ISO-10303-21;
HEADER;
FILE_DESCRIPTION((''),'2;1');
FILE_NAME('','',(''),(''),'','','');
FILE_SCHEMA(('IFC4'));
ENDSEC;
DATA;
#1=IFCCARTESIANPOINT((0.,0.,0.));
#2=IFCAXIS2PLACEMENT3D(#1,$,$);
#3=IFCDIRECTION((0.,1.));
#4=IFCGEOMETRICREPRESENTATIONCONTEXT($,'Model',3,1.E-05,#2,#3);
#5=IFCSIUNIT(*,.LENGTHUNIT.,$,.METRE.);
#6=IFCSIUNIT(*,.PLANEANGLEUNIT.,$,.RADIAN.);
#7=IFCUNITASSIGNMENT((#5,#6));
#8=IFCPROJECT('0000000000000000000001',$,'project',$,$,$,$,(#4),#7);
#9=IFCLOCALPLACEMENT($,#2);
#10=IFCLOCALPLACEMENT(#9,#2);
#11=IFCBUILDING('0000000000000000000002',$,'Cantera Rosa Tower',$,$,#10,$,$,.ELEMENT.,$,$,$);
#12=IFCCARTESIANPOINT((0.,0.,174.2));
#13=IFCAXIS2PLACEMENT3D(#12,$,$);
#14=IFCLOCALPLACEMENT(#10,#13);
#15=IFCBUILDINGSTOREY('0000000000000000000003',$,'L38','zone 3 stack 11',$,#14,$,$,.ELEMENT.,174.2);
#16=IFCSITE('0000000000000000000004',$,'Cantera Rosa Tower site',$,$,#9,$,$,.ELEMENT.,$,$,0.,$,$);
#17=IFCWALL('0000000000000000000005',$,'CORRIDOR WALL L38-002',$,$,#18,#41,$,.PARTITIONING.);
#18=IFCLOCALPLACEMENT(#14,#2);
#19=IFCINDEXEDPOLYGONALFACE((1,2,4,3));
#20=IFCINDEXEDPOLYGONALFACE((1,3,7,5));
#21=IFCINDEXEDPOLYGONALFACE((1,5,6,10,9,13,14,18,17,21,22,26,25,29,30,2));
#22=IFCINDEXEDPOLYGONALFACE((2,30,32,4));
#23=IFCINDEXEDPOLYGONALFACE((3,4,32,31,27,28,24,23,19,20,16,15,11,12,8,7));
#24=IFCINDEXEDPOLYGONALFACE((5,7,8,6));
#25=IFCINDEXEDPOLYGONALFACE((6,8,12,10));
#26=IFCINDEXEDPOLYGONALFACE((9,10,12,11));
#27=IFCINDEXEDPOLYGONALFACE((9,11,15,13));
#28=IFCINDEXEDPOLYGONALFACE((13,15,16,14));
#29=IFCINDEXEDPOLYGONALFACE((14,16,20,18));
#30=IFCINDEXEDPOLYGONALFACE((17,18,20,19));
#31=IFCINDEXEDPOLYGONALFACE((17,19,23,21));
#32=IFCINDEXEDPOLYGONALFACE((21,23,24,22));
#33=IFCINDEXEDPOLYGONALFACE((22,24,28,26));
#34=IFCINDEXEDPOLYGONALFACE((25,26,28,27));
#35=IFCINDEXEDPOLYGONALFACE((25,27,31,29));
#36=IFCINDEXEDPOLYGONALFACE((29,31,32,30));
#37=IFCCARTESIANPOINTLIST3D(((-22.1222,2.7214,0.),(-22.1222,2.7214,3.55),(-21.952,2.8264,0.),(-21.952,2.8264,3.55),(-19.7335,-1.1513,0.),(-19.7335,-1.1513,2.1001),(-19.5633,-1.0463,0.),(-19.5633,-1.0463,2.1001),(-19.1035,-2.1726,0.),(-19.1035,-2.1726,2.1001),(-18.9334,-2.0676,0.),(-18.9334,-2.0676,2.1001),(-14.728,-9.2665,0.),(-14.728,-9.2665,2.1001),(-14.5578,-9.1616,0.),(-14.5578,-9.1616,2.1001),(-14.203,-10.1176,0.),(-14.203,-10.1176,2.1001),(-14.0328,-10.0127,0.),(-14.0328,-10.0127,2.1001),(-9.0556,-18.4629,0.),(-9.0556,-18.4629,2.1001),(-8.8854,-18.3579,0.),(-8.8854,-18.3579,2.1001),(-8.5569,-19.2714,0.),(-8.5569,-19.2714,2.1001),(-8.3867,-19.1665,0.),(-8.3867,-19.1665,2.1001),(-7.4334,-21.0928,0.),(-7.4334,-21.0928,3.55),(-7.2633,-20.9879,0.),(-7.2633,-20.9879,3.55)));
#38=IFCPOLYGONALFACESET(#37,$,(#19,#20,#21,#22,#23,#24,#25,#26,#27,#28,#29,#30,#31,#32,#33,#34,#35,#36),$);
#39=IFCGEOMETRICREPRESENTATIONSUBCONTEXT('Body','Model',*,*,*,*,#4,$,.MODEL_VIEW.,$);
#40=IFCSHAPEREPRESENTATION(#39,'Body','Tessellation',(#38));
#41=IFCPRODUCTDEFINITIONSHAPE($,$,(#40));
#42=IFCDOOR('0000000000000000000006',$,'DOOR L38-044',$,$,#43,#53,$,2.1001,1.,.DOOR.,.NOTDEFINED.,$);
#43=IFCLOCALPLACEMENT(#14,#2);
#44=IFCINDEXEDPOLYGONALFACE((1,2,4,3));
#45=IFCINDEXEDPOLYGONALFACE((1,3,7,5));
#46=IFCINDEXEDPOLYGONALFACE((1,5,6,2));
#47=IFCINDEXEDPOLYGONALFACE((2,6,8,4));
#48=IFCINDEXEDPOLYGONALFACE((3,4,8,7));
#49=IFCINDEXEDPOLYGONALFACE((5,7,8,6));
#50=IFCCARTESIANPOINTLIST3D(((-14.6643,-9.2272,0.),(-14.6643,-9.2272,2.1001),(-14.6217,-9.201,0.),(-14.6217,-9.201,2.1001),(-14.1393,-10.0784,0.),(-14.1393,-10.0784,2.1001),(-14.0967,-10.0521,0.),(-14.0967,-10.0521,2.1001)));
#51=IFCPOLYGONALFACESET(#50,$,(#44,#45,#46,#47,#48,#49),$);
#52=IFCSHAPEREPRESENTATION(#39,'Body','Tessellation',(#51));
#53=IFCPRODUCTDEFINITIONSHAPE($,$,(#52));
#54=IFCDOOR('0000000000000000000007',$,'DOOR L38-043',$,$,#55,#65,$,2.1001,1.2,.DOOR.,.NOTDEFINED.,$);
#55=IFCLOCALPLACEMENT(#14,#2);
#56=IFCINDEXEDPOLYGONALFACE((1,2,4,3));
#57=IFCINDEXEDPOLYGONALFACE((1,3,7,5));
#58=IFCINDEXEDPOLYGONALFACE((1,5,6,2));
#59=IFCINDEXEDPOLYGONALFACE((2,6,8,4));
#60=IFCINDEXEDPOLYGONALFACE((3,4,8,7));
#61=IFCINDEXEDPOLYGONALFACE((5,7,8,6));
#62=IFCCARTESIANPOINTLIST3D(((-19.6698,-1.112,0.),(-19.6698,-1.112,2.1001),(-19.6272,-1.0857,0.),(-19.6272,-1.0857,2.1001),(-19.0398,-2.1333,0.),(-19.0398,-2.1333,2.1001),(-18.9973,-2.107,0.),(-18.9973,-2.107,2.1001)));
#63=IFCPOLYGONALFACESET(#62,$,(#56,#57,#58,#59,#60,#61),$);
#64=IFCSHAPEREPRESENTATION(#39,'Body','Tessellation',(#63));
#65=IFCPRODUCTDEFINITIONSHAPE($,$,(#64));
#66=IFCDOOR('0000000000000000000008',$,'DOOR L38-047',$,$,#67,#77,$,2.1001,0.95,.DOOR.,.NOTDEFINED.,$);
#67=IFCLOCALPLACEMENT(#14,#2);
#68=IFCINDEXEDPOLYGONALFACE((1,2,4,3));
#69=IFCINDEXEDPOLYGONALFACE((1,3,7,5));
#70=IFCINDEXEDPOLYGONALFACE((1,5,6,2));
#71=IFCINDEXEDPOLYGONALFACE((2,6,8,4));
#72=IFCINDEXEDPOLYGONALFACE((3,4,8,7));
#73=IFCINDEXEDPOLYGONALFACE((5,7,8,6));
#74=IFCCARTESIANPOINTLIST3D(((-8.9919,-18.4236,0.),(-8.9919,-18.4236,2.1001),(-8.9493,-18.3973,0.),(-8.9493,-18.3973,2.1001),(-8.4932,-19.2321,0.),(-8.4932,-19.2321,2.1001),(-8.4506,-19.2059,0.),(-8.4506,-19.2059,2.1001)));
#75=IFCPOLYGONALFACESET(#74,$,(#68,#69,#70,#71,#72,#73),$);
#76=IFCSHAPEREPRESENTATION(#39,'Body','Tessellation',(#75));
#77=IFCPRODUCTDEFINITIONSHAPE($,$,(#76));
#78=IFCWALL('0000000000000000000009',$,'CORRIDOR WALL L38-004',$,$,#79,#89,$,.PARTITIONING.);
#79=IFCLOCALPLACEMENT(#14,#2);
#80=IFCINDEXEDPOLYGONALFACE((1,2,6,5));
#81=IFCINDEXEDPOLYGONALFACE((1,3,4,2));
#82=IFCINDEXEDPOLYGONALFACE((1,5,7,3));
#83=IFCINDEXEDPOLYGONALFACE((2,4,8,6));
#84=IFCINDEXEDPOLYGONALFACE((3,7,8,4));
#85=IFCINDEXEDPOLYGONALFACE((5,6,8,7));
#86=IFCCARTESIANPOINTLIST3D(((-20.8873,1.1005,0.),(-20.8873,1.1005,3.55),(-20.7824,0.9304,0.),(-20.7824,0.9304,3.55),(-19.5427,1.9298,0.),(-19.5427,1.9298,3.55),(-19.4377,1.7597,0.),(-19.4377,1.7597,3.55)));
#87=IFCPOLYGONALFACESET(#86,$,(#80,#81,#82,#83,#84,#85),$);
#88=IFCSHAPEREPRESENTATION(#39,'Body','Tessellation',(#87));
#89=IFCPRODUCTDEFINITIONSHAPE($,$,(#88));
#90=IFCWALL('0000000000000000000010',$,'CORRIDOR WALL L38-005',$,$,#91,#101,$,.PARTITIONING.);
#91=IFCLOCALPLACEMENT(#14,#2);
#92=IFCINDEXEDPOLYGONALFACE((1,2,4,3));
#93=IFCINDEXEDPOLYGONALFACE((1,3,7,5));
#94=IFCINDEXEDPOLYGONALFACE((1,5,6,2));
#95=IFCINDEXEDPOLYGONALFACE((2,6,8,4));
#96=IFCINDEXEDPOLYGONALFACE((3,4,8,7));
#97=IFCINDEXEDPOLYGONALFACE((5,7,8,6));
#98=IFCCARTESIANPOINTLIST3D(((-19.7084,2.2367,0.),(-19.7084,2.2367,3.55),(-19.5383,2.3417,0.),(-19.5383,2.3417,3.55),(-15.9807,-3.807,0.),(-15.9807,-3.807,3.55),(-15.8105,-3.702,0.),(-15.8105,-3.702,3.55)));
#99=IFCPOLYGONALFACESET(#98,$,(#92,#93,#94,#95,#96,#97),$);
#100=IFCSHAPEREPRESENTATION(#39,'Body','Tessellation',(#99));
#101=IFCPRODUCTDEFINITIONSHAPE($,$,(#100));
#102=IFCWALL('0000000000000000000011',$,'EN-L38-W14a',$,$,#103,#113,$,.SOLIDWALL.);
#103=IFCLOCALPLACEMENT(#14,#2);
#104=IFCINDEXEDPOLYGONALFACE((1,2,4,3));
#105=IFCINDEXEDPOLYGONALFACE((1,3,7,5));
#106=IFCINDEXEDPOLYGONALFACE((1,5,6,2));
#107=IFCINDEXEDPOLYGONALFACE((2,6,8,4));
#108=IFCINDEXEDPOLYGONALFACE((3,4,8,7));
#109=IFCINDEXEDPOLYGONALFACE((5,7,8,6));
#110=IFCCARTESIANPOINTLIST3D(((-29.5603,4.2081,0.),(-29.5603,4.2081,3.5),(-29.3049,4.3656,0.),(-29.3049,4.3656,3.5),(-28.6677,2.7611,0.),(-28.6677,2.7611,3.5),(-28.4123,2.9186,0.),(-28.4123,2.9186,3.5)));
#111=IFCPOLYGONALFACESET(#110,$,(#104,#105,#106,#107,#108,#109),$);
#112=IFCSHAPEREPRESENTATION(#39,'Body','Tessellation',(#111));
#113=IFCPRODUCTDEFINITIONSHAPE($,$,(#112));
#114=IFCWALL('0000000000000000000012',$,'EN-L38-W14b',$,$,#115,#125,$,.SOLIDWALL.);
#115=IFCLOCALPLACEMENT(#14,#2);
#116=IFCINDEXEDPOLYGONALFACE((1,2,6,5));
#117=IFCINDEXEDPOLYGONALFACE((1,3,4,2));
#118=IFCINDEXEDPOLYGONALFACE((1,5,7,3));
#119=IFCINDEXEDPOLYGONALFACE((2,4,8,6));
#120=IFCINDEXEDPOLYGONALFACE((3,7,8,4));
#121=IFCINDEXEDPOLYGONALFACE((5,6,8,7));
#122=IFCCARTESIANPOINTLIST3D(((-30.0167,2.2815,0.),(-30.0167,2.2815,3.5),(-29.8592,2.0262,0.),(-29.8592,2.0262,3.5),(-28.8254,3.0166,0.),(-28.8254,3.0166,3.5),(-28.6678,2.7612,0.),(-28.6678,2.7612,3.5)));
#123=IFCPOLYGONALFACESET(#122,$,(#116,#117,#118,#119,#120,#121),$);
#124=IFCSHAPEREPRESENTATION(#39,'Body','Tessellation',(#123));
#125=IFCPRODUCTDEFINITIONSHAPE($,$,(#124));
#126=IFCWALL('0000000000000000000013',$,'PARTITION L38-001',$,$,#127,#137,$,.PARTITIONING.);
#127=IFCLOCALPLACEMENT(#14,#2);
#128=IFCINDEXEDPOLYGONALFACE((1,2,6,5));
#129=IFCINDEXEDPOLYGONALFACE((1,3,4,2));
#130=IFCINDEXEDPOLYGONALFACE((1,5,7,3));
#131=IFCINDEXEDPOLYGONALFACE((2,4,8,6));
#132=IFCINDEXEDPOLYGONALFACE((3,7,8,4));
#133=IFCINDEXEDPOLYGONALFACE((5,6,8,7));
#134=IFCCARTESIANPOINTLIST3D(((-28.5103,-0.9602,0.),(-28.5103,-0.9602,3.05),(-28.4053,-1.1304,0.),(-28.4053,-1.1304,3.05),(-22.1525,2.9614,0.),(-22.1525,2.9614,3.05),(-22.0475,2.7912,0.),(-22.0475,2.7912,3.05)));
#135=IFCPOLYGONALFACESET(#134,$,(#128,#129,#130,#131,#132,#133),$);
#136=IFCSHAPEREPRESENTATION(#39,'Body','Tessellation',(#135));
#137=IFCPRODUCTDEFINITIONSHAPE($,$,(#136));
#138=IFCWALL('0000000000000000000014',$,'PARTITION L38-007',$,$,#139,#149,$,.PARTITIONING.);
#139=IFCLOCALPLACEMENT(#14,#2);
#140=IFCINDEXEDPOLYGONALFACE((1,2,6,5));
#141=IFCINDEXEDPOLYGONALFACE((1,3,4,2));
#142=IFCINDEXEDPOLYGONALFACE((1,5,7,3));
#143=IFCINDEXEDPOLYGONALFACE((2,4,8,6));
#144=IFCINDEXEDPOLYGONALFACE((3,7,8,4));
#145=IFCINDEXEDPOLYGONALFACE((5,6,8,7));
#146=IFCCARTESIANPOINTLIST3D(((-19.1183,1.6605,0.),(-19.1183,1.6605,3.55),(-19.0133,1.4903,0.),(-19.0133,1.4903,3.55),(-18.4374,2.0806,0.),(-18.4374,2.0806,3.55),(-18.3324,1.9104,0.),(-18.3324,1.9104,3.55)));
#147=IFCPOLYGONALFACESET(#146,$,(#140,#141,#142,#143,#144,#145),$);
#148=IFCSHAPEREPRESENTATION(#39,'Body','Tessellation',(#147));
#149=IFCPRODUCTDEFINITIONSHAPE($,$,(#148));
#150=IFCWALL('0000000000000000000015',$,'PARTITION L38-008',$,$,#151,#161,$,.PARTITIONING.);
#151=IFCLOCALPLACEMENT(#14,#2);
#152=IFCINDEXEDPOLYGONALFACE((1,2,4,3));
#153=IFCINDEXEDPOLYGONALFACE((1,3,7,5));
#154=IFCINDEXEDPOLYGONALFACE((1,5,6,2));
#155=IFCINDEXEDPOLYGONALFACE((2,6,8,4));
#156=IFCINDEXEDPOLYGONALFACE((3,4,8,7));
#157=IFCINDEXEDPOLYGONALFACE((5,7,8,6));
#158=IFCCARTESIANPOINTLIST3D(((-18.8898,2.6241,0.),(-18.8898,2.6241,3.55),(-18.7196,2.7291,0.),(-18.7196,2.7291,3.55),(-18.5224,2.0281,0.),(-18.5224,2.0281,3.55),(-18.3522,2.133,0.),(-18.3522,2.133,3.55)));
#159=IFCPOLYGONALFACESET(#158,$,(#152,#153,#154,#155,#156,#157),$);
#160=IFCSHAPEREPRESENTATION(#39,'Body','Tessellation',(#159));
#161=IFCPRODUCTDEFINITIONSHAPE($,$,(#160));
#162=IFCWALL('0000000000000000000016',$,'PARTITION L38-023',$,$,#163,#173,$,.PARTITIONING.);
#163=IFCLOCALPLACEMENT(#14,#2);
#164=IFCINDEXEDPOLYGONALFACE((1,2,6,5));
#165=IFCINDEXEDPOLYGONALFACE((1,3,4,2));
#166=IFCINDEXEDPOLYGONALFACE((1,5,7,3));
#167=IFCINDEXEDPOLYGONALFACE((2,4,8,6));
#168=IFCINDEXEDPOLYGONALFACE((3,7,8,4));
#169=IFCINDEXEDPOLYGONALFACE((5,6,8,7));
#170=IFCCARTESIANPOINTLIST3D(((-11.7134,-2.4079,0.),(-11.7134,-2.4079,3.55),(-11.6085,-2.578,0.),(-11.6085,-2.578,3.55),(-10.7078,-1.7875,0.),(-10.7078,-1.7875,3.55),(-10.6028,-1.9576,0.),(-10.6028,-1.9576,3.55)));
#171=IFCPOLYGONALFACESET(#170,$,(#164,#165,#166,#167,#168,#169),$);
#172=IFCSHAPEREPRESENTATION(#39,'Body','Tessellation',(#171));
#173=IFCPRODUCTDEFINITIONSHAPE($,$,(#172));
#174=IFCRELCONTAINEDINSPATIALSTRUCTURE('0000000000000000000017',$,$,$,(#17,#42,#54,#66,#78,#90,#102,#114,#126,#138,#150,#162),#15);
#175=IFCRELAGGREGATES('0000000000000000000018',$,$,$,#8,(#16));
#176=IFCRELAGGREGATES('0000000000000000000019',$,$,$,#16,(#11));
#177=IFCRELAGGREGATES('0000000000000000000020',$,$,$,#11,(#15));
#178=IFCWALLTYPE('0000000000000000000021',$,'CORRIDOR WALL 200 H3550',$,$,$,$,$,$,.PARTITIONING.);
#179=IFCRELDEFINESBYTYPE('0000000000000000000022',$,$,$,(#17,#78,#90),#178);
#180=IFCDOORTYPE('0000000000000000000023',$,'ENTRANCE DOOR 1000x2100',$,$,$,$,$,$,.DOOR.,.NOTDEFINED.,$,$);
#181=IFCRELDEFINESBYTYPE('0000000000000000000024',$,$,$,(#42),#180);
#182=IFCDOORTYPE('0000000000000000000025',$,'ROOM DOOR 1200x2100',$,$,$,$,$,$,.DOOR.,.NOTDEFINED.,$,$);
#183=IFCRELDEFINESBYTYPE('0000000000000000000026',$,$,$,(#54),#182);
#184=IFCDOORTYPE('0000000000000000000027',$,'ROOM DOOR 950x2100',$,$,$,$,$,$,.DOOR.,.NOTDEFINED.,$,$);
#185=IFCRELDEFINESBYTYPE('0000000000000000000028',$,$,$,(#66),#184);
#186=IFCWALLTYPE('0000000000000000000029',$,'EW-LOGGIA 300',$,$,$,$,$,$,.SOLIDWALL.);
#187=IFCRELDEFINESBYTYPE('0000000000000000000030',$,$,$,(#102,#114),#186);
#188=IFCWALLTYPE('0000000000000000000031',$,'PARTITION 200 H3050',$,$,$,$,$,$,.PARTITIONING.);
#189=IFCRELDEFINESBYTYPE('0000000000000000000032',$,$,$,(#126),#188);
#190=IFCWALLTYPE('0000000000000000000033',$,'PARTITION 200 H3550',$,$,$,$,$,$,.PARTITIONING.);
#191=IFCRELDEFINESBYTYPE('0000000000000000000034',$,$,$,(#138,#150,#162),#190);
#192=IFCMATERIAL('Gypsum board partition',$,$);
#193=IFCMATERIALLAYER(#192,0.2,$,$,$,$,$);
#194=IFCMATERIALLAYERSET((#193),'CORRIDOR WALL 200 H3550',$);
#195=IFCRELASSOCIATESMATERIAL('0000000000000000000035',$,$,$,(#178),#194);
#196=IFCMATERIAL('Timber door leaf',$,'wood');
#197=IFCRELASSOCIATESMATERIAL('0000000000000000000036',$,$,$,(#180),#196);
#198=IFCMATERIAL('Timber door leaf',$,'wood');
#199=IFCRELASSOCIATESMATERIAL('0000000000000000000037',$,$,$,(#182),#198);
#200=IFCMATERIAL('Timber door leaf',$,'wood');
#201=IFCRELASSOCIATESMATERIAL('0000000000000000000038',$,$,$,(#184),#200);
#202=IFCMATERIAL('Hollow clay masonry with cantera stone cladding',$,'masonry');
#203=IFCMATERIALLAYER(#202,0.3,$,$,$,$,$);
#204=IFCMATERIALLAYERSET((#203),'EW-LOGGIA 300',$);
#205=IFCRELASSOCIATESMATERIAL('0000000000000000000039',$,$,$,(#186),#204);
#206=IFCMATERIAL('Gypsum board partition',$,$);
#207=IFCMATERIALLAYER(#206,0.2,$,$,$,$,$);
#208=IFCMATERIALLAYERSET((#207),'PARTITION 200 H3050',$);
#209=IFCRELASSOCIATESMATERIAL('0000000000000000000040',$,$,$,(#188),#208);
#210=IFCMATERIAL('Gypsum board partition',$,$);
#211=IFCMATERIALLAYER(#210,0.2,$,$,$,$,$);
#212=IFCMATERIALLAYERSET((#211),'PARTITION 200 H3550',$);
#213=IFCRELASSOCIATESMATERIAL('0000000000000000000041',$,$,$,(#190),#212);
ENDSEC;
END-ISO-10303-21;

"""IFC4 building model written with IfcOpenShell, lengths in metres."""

from ifc_helpers import new_model, si_unit, direction, frame, frame_2d, origin, place, context, subcontext, project, spatial, rectangle, extrude, material, layer, layer_set, type_object, element, fill, save


model = new_model("IFC4")

# Units and contexts
model_context = context("Model", 3, precision=1e-05, world=origin(), true_north=direction((0.0, 1.0)))
body_context = subcontext(model_context, "Body", "Model", "MODEL_VIEW")
ifc_project = project(units=[si_unit("LENGTHUNIT", "METRE"), si_unit("PLANEANGLEUNIT", "RADIAN")], contexts=[model_context])

# Site, building, storey
site_placement = place(None, origin())
site = spatial("IfcSite", under=ifc_project, at=site_placement, Name="Cantera Rosa Tower site", CompositionType="ELEMENT", RefElevation=0.0)
building_placement = place(site_placement, origin())
building = spatial("IfcBuilding", under=site, at=building_placement, Name="Cantera Rosa Tower", CompositionType="ELEMENT")
storey_placement = place(building_placement, frame((0.0, 0.0, 174.2)))
storey = spatial("IfcBuildingStorey", under=building, at=storey_placement, Name="L38", Description="zone 3 stack 11", CompositionType="ELEMENT", Elevation=174.2)

# Wall, openings, doors
ifc_material_1 = material(Name="Gypsum board partition")
ifc_layer_1 = layer(ifc_material_1, 0.2)
ifc_layer_set_1 = layer_set([ifc_layer_1], Name="CORRIDOR WALL 200 H3550")
wall_type_1 = type_object("IfcWallType", Name="CORRIDOR WALL 200 H3550", PredefinedType="PARTITIONING", material=ifc_layer_set_1)
wall_1_placement = place(storey_placement, frame((-22.0371, 2.7739, 0.0), z_axis=(0.0, 0.0, 1.0), x_axis=(0.524974, -0.851118, 0.0)))
wall_1 = element("IfcWall", 1, at=wall_1_placement, inside=storey, type_object=wall_type_1, Name="CORRIDOR WALL L38-002", PredefinedType="PARTITIONING", context=body_context, shape_type="SweptSolid", body=[
    extrude(rectangle(XDim=27.98, YDim=0.2, at=frame_2d((13.99, 0.0))), origin(), (0.0, 0.0, 1.0), 3.55),
])
opening_1_placement = place(wall_1_placement, frame((4.55, 0.0, 0.0)))
opening_1 = element("IfcOpeningElement", 2, at=opening_1_placement, cuts=wall_1, PredefinedType="OPENING", context=body_context, shape_type="SweptSolid", body=[
    extrude(rectangle(XDim=1.2, YDim=2.1001, at=frame_2d((0.6001, 1.05))), frame((0.0, 0.1099, 0.0), z_axis=(0.0, -1.0, 0.0), x_axis=(1.0, 0.0, 0.0)), (0.0, 0.0, 1.0), 0.22),
])
opening_2_placement = place(wall_1_placement, frame((14.085, 0.0, 0.0)))
opening_2 = element("IfcOpeningElement", 3, at=opening_2_placement, cuts=wall_1, PredefinedType="OPENING", context=body_context, shape_type="SweptSolid", body=[
    extrude(rectangle(XDim=1.0, YDim=2.1001, at=frame_2d((0.5, 1.05))), frame((0.0, 0.1099, 0.0), z_axis=(0.0, -1.0, 0.0), x_axis=(1.0, 0.0, 0.0)), (0.0, 0.0, 1.0), 0.22),
])
opening_3_placement = place(wall_1_placement, frame((24.8899, 0.0, 0.0)))
opening_3 = element("IfcOpeningElement", 4, at=opening_3_placement, cuts=wall_1, PredefinedType="OPENING", context=body_context, shape_type="SweptSolid", body=[
    extrude(rectangle(XDim=0.95, YDim=2.1001, at=frame_2d((0.4751, 1.05))), frame((0.0, 0.1099, 0.0), z_axis=(0.0, -1.0, 0.0), x_axis=(1.0, 0.0, 0.0)), (0.0, 0.0, 1.0), 0.22),
])
ifc_material_2 = material(Name="Timber door leaf", Category="wood")
door_type_1 = type_object("IfcDoorType", Name="ENTRANCE DOOR 1000x2100", OperationType="NOTDEFINED", PredefinedType="DOOR", material=ifc_material_2)
door_1_placement = place(opening_2_placement, origin())
door_1 = element("IfcDoor", 5, at=door_1_placement, inside=storey, type_object=door_type_1, Name="DOOR L38-044", OperationType="NOTDEFINED", OverallHeight=2.1001, OverallWidth=1.0, PredefinedType="DOOR", context=body_context, shape_type="SweptSolid", body=[
    extrude(rectangle(XDim=1.0, YDim=2.1001, at=frame_2d((0.5, 1.05))), frame((0.0, 0.0249, 0.0), z_axis=(0.0, -1.0, 0.0), x_axis=(1.0, 0.0, 0.0)), (0.0, 0.0, 1.0), 0.05),
])
fill(opening_2, door_1)
ifc_material_3 = material(Name="Timber door leaf", Category="wood")
door_type_2 = type_object("IfcDoorType", Name="ROOM DOOR 1200x2100", OperationType="NOTDEFINED", PredefinedType="DOOR", material=ifc_material_3)
door_2_placement = place(opening_1_placement, origin())
door_2 = element("IfcDoor", 6, at=door_2_placement, inside=storey, type_object=door_type_2, Name="DOOR L38-043", OperationType="NOTDEFINED", OverallHeight=2.1001, OverallWidth=1.2, PredefinedType="DOOR", context=body_context, shape_type="SweptSolid", body=[
    extrude(rectangle(XDim=1.2, YDim=2.1001, at=frame_2d((0.6001, 1.05))), frame((0.0, 0.0249, 0.0), z_axis=(0.0, -1.0, 0.0), x_axis=(1.0, 0.0, 0.0)), (0.0, 0.0, 1.0), 0.05),
])
fill(opening_1, door_2)
ifc_material_4 = material(Name="Timber door leaf", Category="wood")
door_type_3 = type_object("IfcDoorType", Name="ROOM DOOR 950x2100", OperationType="NOTDEFINED", PredefinedType="DOOR", material=ifc_material_4)
door_3_placement = place(opening_3_placement, origin())
door_3 = element("IfcDoor", 7, at=door_3_placement, inside=storey, type_object=door_type_3, Name="DOOR L38-047", OperationType="NOTDEFINED", OverallHeight=2.1001, OverallWidth=0.95, PredefinedType="DOOR", context=body_context, shape_type="SweptSolid", body=[
    extrude(rectangle(XDim=0.95, YDim=2.1001, at=frame_2d((0.4751, 1.05))), frame((0.0, 0.0249, 0.0), z_axis=(0.0, -1.0, 0.0), x_axis=(1.0, 0.0, 0.0)), (0.0, 0.0, 1.0), 0.05),
])
fill(opening_3, door_3)

# Walls
wall_2_placement = place(storey_placement, frame((-20.835, 1.0154, 0.0), z_axis=(0.0, 0.0, 1.0), x_axis=(0.851143, 0.524933, 0.0)))
element("IfcWall", 8, at=wall_2_placement, inside=storey, type_object=wall_type_1, Name="CORRIDOR WALL L38-004", PredefinedType="PARTITIONING", context=body_context, shape_type="SweptSolid", body=[
    extrude(rectangle(XDim=1.5798, YDim=0.2, at=frame_2d((0.79, 0.0))), origin(), (0.0, 0.0, 1.0), 3.55),
])
wall_3_placement = place(storey_placement, frame((-19.6233, 2.2891, 0.0), z_axis=(0.0, 0.0, 1.0), x_axis=(0.524974, -0.851118, 0.0)))
element("IfcWall", 9, at=wall_3_placement, inside=storey, type_object=wall_type_1, Name="CORRIDOR WALL L38-005", PredefinedType="PARTITIONING", context=body_context, shape_type="SweptSolid", body=[
    extrude(rectangle(XDim=7.1008, YDim=0.2, at=frame_2d((3.5503, 0.0))), origin(), (0.0, 0.0, 1.0), 3.55),
])
ifc_material_5 = material(Name="Hollow clay masonry with cantera stone cladding", Category="masonry")
ifc_layer_2 = layer(ifc_material_5, 0.3)
ifc_layer_set_2 = layer_set([ifc_layer_2], Name="EW-LOGGIA 300")
wall_type_2 = type_object("IfcWallType", Name="EW-LOGGIA 300", PredefinedType="SOLIDWALL", material=ifc_layer_set_2)
wall_4_placement = place(storey_placement, frame((-29.4326, 4.2869, 0.0), z_axis=(0.0, 0.0, 1.0), x_axis=(0.524994, -0.851106, 0.0)))
element("IfcWall", 10, at=wall_4_placement, inside=storey, type_object=wall_type_2, Name="EN-L38-W14a", PredefinedType="SOLIDWALL", context=body_context, shape_type="SweptSolid", body=[
    extrude(rectangle(XDim=1.7002, YDim=0.3, at=frame_2d((0.8501, 0.0))), origin(), (0.0, 0.0, 1.0), 3.5),
])
wall_5_placement = place(storey_placement, frame((-28.7466, 2.8889, 0.0), z_axis=(0.0, 0.0, 1.0), x_axis=(-0.851041, -0.525099, 0.0)))
element("IfcWall", 11, at=wall_5_placement, inside=storey, type_object=wall_type_2, Name="EN-L38-W14b", PredefinedType="SOLIDWALL", context=body_context, shape_type="SweptSolid", body=[
    extrude(rectangle(XDim=1.3999, YDim=0.3, at=frame_2d((0.7, 0.0))), origin(), (0.0, 0.0, 1.0), 3.5),
])

# Walls
ifc_material_6 = material(Name="Gypsum board partition")
ifc_layer_3 = layer(ifc_material_6, 0.2)
ifc_layer_set_3 = layer_set([ifc_layer_3], Name="PARTITION 200 H3050")
wall_type_3 = type_object("IfcWallType", Name="PARTITION 200 H3050", PredefinedType="PARTITIONING", material=ifc_layer_set_3)
wall_6_placement = place(storey_placement, frame((-22.1001, 2.8762, 0.0), z_axis=(0.0, 0.0, 1.0), x_axis=(-0.851116, -0.524978, 0.0)))
element("IfcWall", 12, at=wall_6_placement, inside=storey, type_object=wall_type_3, Name="PARTITION L38-001", PredefinedType="PARTITIONING", context=body_context, shape_type="SweptSolid", body=[
    extrude(rectangle(XDim=7.47, YDim=0.2, at=frame_2d((3.7349, 0.0))), origin(), (0.0, 0.0, 1.0), 3.05),
])
ifc_material_7 = material(Name="Gypsum board partition")
ifc_layer_4 = layer(ifc_material_7, 0.2)
ifc_layer_set_4 = layer_set([ifc_layer_4], Name="PARTITION 200 H3550")
wall_type_4 = type_object("IfcWallType", Name="PARTITION 200 H3550", PredefinedType="PARTITIONING", material=ifc_layer_set_4)
wall_7_placement = place(storey_placement, frame((-19.0657, 1.5754, 0.0), z_axis=(0.0, 0.0, 1.0), x_axis=(0.851019, 0.525136, 0.0)))
element("IfcWall", 13, at=wall_7_placement, inside=storey, type_object=wall_type_4, Name="PARTITION L38-007", PredefinedType="PARTITIONING", context=body_context, shape_type="SweptSolid", body=[
    extrude(rectangle(XDim=0.8, YDim=0.2, at=frame_2d((0.3999, 0.0))), origin(), (0.0, 0.0, 1.0), 3.55),
])
wall_8_placement = place(storey_placement, frame((-18.4373, 2.0806, 0.0), z_axis=(0.0, 0.0, 1.0), x_axis=(-0.524817, 0.851215, 0.0)))
element("IfcWall", 14, at=wall_8_placement, inside=storey, type_object=wall_type_4, Name="PARTITION L38-008", PredefinedType="PARTITIONING", context=body_context, shape_type="SweptSolid", body=[
    extrude(rectangle(XDim=0.7002, YDim=0.2, at=frame_2d((0.3501, 0.0))), origin(), (0.0, 0.0, 1.0), 3.55),
])
wall_9_placement = place(storey_placement, frame((-10.6553, -1.8726, 0.0), z_axis=(0.0, 0.0, 1.0), x_axis=(-0.851083, -0.525031, 0.0)))
element("IfcWall", 15, at=wall_9_placement, inside=storey, type_object=wall_type_4, Name="PARTITION L38-023", PredefinedType="PARTITIONING", context=body_context, shape_type="SweptSolid", body=[
    extrude(rectangle(XDim=1.1816, YDim=0.2, at=frame_2d((0.5908, 0.0))), origin(), (0.0, 0.0, 1.0), 3.55),
])

save(model, "model.ifc")
